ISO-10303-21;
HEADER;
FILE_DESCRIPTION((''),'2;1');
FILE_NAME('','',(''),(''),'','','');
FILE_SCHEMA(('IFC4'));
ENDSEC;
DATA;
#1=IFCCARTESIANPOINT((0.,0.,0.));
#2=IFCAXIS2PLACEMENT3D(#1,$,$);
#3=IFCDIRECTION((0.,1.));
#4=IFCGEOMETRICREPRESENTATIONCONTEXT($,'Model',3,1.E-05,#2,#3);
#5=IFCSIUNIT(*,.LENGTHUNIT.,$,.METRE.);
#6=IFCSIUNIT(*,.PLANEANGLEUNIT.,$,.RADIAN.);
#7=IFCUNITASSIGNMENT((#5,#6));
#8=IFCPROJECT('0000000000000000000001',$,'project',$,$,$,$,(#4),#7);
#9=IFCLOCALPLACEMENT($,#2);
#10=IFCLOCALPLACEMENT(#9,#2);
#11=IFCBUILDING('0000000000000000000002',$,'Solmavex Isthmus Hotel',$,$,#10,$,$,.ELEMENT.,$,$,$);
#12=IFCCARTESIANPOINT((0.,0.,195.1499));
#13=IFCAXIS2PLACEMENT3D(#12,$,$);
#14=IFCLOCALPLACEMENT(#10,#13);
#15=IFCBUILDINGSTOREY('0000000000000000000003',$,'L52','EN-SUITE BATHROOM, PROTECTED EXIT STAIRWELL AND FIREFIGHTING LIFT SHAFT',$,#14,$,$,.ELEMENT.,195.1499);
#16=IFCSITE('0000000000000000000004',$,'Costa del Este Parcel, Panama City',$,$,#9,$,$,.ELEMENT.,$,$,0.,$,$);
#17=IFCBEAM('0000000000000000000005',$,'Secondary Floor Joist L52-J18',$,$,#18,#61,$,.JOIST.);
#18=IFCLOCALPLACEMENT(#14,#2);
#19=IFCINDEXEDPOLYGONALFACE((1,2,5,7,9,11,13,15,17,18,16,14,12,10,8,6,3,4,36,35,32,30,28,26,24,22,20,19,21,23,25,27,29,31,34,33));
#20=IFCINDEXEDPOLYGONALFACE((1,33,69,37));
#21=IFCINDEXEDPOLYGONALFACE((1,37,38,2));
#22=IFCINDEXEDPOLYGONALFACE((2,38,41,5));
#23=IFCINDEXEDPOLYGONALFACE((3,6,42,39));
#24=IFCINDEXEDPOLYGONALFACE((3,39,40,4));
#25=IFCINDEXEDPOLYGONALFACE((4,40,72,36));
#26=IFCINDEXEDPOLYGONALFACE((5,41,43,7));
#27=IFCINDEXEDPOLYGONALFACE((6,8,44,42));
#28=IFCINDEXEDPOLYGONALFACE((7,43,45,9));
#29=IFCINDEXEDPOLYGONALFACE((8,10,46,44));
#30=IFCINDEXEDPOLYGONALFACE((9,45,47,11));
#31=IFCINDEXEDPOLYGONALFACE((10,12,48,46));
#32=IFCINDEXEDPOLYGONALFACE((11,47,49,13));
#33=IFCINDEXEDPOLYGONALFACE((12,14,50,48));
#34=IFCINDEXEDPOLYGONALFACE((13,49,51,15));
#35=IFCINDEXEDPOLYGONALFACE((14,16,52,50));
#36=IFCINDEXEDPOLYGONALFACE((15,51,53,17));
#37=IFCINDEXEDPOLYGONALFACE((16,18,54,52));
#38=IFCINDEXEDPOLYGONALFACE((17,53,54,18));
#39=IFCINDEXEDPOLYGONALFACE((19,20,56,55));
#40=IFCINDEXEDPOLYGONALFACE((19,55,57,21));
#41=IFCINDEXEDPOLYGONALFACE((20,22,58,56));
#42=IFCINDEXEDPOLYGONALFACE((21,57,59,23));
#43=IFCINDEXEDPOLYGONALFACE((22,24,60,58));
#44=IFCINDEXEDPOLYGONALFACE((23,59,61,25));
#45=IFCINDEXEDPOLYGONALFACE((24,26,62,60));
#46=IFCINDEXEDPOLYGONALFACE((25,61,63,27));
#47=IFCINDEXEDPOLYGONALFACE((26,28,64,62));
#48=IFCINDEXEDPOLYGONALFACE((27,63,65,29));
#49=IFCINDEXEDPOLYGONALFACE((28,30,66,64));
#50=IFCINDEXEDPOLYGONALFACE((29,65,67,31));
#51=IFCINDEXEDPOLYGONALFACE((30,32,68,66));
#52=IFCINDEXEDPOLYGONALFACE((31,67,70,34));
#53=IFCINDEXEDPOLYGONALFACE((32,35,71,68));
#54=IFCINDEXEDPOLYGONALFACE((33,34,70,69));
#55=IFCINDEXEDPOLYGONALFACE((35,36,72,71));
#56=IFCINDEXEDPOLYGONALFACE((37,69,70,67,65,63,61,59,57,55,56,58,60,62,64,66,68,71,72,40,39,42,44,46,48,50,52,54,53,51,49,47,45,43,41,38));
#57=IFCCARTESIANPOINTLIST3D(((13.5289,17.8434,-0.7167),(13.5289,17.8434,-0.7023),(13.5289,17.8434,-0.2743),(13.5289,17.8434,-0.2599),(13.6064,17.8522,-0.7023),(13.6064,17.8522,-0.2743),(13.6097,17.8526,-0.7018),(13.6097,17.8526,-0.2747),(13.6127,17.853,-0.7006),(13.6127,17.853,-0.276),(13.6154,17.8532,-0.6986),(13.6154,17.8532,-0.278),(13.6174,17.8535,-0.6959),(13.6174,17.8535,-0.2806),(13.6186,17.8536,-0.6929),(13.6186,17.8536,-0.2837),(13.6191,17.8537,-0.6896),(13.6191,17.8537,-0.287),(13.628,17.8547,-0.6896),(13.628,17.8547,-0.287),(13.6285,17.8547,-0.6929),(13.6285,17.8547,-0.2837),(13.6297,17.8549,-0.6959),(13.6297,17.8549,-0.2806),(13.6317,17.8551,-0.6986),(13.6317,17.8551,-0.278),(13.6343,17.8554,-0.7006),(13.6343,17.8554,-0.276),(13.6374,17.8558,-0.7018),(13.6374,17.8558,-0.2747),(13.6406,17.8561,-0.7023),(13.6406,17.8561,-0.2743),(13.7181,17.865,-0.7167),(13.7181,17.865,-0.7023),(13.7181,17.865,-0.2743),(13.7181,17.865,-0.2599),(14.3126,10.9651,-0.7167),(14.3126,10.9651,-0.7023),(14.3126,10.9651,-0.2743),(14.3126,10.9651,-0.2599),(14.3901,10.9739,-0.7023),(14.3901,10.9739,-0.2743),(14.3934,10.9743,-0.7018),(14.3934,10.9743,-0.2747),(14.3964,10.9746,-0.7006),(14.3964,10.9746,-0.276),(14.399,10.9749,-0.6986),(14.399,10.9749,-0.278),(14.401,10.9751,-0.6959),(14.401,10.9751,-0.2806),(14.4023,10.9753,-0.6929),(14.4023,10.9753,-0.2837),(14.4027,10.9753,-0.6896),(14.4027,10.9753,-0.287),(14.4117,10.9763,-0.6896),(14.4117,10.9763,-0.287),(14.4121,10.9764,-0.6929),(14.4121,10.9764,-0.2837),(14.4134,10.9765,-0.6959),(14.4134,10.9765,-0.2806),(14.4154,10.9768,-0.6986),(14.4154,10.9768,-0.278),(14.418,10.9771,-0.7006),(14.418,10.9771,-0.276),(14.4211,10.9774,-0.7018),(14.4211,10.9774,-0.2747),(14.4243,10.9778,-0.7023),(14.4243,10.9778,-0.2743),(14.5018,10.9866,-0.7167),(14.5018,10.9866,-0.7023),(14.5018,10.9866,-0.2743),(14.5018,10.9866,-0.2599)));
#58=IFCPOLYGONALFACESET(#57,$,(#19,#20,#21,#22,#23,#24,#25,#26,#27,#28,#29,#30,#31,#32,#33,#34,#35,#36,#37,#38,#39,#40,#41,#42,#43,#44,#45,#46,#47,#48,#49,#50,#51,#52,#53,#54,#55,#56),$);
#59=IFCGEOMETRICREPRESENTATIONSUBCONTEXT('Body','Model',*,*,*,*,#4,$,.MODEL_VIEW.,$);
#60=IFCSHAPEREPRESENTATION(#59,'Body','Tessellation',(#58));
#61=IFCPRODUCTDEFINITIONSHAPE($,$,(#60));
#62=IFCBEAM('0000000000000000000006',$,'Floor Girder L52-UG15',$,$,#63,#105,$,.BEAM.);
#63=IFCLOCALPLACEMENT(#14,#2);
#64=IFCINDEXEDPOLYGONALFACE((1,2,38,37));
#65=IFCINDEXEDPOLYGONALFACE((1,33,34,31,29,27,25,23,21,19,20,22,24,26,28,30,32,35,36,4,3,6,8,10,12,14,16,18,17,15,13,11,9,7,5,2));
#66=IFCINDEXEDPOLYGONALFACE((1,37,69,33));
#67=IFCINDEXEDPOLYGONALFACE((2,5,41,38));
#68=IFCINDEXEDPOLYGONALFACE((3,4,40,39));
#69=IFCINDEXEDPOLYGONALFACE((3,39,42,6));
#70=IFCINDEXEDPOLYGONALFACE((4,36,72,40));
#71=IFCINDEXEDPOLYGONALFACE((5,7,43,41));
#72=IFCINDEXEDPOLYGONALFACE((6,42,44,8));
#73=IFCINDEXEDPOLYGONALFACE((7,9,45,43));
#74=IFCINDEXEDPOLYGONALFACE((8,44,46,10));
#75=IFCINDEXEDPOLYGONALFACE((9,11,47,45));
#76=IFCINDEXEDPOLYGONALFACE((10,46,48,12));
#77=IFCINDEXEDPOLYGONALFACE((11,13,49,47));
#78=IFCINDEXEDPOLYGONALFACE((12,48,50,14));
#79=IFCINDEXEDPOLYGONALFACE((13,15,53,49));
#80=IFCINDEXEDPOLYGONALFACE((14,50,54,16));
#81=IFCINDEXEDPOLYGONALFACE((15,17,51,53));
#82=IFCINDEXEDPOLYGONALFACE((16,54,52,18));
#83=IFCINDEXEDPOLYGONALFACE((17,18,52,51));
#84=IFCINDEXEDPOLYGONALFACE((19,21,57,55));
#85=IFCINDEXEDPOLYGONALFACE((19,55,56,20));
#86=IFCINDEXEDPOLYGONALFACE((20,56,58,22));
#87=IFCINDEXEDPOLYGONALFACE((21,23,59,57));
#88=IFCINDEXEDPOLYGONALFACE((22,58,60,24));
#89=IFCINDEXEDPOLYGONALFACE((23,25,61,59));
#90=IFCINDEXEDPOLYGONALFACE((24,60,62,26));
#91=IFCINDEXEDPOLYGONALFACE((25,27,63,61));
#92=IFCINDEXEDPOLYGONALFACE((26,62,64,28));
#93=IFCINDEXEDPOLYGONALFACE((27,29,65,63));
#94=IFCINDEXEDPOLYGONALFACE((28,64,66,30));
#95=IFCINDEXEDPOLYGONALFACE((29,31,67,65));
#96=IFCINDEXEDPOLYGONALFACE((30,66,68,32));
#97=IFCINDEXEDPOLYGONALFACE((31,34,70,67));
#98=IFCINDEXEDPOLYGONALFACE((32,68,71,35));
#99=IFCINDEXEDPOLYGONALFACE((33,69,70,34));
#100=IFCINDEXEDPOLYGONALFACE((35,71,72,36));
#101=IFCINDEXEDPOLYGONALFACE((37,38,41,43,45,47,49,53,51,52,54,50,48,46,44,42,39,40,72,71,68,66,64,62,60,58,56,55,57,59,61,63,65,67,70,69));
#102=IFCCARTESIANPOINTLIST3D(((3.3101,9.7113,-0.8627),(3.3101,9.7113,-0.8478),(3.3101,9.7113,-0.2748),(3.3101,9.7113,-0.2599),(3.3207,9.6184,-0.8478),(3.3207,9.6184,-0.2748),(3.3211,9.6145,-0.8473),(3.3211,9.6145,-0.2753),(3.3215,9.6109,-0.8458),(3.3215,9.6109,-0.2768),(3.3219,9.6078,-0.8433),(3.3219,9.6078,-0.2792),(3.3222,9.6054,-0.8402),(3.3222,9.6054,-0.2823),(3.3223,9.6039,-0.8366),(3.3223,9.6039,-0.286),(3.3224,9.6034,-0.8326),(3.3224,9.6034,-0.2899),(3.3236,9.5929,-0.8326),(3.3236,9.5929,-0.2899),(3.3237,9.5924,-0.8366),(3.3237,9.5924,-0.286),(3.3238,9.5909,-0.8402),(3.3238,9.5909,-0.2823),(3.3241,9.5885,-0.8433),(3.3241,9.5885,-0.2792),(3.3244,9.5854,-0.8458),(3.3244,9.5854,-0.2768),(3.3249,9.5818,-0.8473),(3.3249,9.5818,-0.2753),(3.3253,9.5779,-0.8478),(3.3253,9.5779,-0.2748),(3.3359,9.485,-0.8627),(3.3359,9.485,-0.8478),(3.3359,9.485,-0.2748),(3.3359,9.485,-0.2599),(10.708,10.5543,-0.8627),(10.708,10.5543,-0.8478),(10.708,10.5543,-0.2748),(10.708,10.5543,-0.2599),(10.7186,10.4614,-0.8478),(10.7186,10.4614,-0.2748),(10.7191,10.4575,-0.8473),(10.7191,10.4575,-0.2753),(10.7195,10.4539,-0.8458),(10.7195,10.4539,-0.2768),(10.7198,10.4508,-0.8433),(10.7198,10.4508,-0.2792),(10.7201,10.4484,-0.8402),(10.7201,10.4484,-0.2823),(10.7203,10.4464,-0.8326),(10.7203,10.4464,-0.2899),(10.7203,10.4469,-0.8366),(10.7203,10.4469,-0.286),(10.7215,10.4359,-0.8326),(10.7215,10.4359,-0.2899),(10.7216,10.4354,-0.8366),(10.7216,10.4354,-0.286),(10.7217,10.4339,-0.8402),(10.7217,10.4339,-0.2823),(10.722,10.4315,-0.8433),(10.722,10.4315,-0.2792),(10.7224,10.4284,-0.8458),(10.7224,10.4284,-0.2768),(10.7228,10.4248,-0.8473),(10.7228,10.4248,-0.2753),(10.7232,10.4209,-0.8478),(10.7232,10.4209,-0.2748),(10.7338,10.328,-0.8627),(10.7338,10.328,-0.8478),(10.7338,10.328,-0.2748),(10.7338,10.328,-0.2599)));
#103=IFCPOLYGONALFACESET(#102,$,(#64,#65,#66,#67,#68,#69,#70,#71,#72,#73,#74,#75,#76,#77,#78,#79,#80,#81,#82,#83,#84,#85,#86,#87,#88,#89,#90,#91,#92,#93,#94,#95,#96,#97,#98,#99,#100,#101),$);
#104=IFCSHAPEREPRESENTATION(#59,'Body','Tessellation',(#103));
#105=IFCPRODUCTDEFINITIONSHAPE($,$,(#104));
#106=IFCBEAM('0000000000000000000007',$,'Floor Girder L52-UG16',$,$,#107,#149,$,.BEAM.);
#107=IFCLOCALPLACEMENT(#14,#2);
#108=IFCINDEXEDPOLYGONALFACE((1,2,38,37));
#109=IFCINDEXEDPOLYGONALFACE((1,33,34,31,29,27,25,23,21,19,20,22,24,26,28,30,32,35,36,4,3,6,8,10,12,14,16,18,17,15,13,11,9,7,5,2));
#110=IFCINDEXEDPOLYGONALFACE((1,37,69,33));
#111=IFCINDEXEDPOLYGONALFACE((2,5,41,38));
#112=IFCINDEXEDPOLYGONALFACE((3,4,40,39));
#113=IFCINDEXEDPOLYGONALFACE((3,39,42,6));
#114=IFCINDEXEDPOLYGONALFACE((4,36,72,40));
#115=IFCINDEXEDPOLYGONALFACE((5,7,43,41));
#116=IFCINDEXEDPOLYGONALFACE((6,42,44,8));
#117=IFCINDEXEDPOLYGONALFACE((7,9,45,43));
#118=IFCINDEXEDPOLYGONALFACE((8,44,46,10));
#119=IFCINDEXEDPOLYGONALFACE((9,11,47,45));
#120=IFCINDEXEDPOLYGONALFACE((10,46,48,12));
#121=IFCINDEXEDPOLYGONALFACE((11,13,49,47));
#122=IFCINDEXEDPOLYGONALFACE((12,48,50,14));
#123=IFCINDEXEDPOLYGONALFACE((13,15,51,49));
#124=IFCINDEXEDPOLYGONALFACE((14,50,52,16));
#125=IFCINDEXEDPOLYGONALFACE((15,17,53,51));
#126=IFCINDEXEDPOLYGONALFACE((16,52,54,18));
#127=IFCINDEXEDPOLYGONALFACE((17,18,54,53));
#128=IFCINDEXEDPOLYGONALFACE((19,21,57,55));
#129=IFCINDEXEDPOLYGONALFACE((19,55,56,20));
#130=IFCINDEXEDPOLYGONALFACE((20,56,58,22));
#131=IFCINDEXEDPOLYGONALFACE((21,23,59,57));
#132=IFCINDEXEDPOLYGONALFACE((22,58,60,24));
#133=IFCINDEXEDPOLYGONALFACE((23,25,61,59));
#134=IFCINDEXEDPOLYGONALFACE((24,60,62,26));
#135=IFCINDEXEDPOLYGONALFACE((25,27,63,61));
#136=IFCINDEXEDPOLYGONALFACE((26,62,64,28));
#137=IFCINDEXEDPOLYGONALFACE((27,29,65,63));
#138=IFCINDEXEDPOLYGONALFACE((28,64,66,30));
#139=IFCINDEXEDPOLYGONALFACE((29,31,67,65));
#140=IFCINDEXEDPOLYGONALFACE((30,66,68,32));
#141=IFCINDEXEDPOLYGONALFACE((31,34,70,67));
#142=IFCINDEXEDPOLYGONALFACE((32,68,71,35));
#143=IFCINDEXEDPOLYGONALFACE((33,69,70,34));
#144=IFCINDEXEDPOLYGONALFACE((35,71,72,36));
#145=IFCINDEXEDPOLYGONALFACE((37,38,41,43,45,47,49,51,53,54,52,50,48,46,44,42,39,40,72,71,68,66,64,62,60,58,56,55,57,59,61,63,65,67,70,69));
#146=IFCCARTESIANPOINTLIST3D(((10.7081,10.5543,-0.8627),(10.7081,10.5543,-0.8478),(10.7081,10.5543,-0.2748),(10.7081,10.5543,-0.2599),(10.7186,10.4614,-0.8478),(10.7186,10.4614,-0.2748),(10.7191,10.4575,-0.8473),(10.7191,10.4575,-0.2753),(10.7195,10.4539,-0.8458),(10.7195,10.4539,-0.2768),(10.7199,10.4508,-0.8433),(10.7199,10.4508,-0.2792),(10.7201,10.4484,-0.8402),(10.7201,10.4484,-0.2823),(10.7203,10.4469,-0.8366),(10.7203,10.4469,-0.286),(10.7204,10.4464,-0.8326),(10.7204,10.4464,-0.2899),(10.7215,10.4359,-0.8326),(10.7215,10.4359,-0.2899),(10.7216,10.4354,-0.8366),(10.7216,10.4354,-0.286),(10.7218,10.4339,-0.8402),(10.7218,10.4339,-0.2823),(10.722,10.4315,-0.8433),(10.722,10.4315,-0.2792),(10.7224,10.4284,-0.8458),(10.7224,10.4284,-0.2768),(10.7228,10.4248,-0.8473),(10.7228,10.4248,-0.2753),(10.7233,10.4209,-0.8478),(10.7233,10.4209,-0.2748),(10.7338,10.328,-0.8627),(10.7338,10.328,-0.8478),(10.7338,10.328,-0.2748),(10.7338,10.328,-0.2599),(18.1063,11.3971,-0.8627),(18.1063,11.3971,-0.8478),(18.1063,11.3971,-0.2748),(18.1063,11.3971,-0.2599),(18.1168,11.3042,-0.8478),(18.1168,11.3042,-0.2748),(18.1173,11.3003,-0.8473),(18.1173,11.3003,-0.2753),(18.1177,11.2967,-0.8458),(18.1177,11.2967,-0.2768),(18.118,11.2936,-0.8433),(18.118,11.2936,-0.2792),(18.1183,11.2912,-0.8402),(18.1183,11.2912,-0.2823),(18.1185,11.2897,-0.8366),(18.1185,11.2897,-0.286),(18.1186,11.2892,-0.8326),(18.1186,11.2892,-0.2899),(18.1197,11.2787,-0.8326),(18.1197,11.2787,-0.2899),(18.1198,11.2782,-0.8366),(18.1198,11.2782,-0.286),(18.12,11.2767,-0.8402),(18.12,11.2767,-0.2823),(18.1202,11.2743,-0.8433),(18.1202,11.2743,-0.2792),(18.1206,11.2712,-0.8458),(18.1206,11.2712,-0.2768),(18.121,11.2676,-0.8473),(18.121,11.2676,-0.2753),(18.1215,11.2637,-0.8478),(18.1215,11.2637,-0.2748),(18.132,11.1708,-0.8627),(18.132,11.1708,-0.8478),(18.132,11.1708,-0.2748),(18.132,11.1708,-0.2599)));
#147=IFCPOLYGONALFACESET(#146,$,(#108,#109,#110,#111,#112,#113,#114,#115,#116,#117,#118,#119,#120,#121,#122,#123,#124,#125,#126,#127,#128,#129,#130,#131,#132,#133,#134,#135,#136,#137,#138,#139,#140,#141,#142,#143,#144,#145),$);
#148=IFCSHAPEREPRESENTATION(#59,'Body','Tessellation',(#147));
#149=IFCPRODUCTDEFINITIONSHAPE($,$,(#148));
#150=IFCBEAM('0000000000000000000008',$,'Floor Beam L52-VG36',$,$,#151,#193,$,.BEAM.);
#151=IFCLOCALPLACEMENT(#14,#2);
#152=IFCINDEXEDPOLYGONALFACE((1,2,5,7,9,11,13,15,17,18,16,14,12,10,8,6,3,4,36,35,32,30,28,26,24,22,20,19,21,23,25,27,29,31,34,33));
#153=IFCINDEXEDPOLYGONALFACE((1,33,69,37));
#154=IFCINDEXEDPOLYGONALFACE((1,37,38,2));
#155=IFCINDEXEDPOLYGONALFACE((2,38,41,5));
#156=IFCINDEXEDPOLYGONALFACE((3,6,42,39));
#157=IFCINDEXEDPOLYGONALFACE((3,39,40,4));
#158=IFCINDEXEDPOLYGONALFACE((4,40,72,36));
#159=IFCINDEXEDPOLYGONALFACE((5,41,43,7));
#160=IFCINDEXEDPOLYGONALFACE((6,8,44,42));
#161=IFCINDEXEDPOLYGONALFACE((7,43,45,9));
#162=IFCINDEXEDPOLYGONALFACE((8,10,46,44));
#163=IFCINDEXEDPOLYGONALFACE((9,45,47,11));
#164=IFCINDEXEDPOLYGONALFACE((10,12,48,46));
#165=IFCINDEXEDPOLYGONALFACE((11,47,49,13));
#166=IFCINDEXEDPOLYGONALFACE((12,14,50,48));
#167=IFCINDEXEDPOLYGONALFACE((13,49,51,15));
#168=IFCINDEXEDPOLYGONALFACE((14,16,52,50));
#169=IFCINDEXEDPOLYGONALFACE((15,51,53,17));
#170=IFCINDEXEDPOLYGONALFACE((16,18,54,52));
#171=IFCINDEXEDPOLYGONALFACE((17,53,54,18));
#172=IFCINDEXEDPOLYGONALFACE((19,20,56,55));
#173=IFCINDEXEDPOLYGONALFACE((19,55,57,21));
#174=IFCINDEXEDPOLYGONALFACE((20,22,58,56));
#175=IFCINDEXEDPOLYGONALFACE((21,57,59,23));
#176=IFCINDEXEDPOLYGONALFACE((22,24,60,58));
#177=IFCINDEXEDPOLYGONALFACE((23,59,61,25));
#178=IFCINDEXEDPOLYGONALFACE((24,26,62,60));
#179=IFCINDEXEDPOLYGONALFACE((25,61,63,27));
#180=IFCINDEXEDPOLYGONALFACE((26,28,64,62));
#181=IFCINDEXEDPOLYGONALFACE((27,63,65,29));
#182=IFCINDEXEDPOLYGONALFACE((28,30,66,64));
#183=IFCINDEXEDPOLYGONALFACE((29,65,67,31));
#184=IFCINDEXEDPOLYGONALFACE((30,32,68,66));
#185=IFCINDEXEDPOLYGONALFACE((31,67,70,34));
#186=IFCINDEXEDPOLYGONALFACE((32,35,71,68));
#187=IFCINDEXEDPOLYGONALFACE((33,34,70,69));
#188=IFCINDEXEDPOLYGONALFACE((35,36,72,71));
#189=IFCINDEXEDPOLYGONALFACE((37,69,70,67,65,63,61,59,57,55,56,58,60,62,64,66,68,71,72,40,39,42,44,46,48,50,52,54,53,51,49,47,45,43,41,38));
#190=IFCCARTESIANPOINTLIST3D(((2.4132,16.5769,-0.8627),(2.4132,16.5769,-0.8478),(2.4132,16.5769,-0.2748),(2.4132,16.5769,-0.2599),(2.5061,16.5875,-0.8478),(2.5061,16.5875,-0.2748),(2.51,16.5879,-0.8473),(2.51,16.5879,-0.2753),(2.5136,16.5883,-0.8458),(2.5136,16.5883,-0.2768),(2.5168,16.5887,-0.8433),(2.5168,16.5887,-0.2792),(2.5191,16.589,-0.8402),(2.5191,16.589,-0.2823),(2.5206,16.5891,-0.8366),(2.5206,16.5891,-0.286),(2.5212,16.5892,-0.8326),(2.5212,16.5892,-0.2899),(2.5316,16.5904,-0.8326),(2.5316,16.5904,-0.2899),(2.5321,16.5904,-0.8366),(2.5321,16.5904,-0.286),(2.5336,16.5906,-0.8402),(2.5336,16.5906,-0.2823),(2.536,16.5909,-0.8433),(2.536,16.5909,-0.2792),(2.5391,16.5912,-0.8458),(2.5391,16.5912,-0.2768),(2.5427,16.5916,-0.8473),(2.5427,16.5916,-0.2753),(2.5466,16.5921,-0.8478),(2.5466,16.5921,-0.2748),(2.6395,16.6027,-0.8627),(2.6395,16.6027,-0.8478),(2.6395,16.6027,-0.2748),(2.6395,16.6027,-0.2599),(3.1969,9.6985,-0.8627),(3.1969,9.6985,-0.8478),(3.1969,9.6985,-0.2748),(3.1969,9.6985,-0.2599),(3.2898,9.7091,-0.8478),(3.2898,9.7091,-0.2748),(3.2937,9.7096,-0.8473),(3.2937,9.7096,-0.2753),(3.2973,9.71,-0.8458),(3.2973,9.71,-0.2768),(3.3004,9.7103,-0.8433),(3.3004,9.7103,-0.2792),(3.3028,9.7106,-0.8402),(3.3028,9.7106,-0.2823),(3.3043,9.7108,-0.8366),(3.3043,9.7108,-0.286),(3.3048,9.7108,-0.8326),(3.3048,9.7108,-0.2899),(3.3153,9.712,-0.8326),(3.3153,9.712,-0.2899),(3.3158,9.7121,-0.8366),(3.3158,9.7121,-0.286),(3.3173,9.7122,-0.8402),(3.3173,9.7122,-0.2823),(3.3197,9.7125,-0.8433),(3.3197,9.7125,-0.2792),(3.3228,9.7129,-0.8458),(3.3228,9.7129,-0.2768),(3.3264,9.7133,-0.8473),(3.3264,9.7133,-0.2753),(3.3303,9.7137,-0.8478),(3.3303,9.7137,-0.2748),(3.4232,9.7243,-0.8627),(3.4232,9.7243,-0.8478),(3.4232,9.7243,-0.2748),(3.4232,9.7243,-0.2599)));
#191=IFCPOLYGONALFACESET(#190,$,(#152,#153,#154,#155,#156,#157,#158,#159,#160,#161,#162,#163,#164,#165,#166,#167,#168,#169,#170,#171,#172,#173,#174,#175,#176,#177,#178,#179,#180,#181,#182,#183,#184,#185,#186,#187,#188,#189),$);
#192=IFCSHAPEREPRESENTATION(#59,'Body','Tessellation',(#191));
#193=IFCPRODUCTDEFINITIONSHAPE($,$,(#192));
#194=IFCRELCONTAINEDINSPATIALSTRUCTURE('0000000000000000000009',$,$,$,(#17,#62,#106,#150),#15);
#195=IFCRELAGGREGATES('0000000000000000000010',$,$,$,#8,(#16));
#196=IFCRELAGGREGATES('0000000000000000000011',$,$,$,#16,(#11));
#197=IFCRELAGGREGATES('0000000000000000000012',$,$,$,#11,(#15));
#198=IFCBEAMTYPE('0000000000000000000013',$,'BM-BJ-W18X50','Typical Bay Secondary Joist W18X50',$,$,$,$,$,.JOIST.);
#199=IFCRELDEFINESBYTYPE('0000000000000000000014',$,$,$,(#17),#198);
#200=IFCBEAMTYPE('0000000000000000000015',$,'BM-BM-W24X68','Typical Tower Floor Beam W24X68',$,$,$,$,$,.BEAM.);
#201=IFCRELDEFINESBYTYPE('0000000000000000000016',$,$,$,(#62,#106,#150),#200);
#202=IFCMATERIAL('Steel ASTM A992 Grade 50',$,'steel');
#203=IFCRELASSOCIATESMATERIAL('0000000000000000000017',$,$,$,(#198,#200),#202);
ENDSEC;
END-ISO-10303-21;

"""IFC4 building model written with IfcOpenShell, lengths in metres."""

from ifc_helpers import new_model, si_unit, direction, frame, origin, origin_2d, place, context, subcontext, project, spatial, i_section, extrude, material, material_profile, profile_set, type_object, element, save


model = new_model("IFC4")

# Units and contexts
model_context = context("Model", 3, precision=1e-05, world=origin(), true_north=direction((0.0, 1.0)))
body_context = subcontext(model_context, "Body", "Model", "MODEL_VIEW")
ifc_project = project(units=[si_unit("LENGTHUNIT", "METRE"), si_unit("PLANEANGLEUNIT", "RADIAN")], contexts=[model_context])

# Site, building, storey
site_placement = place(None, origin())
site = spatial("IfcSite", under=ifc_project, at=site_placement, Name="Costa del Este Parcel, Panama City", CompositionType="ELEMENT", RefElevation=0.0)
building_placement = place(site_placement, origin())
building = spatial("IfcBuilding", under=site, at=building_placement, Name="Solmavex Isthmus Hotel", CompositionType="ELEMENT")
storey_placement = place(building_placement, frame((0.0, 0.0, 195.1499)))
storey = spatial("IfcBuildingStorey", under=building, at=storey_placement, Name="L52", Description="EN-SUITE BATHROOM, PROTECTED EXIT STAIRWELL AND FIREFIGHTING LIFT SHAFT", CompositionType="ELEMENT", Elevation=195.1499)

# Beams
ifc_material_1 = material(Name="Steel ASTM A992 Grade 50", Category="steel")
ifc_material_profile_1 = material_profile(ifc_material_1, i_section(OverallWidth=0.1904, OverallDepth=0.4568, WebThickness=0.009, FlangeThickness=0.0144, FilletRadius=0.0127, at=origin_2d()), Name="W18X50")
ifc_profile_set_1 = profile_set([ifc_material_profile_1], Name="Steel ASTM A992 Grade 50")
beam_type_1 = type_object("IfcBeamType", Name="BM-BJ-W18X50", Description="Typical Bay Secondary Joist W18X50", PredefinedType="JOIST", material=ifc_profile_set_1)
for number, where, z_axis, x_axis, name in (
    (1, (14.4072, 10.9758, -0.4883), (-0.113202, 0.993572, 0.0), (-0.993572, -0.113202, 0.0), "Secondary Floor Joist L52-J18"),
):
    element("IfcBeam", number, at=place(storey_placement, frame(where, z_axis=z_axis, x_axis=x_axis)), inside=storey, type_object=beam_type_1, Name=name, PredefinedType="JOIST", context=body_context, shape_type="SweptSolid", body=[
        extrude(i_section(OverallWidth=0.1904, OverallDepth=0.4568, WebThickness=0.009, FlangeThickness=0.0144, FilletRadius=0.0127, at=origin_2d()), origin(), (0.0, 0.0, 1.0), 6.9229),
    ])
ifc_material_profile_2 = material_profile(ifc_material_1, i_section(OverallWidth=0.2278, OverallDepth=0.6028, WebThickness=0.0105, FlangeThickness=0.0149, FilletRadius=0.0151, at=origin_2d()), Name="W24X68")
ifc_profile_set_2 = profile_set([ifc_material_profile_2], Name="Steel ASTM A992 Grade 50")
beam_type_2 = type_object("IfcBeamType", Name="BM-BM-W24X68", Description="Typical Tower Floor Beam W24X68", PredefinedType="BEAM", material=ifc_profile_set_2)
beam_1_placement = place(storey_placement, frame((3.323, 9.5981, -0.5613), z_axis=(0.99357, 0.11322, 0.0), x_axis=(-0.11322, 0.99357, 0.0)))
element("IfcBeam", 2, at=beam_1_placement, inside=storey, type_object=beam_type_2, Name="Floor Girder L52-UG15", PredefinedType="BEAM", context=body_context, shape_type="SweptSolid", body=[
    extrude(i_section(OverallWidth=0.2278, OverallDepth=0.6028, WebThickness=0.0105, FlangeThickness=0.0149, FilletRadius=0.0151, at=origin_2d()), origin(), (0.0, 0.0, 1.0), 7.4458),
])
beam_2_placement = place(storey_placement, frame((10.7209, 10.4412, -0.5613), z_axis=(0.993574, 0.113184, 0.0), x_axis=(-0.113184, 0.993574, 0.0)))
element("IfcBeam", 3, at=beam_2_placement, inside=storey, type_object=beam_type_2, Name="Floor Girder L52-UG16", PredefinedType="BEAM", context=body_context, shape_type="SweptSolid", body=[
    extrude(i_section(OverallWidth=0.2278, OverallDepth=0.6028, WebThickness=0.0105, FlangeThickness=0.0149, FilletRadius=0.0151, at=origin_2d()), origin(), (0.0, 0.0, 1.0), 7.446),
])
for number, where, z_axis, x_axis, name in (
    (4, (3.3101, 9.7114, -0.5613), (-0.113202, 0.993572, 0.0), (-0.993572, -0.113202, 0.0), "Floor Beam L52-VG36"),
):
    element("IfcBeam", number, at=place(storey_placement, frame(where, z_axis=z_axis, x_axis=x_axis)), inside=storey, type_object=beam_type_2, Name=name, PredefinedType="BEAM", context=body_context, shape_type="SweptSolid", body=[
        extrude(i_section(OverallWidth=0.2278, OverallDepth=0.6028, WebThickness=0.0105, FlangeThickness=0.0149, FilletRadius=0.0151, at=origin_2d()), origin(), (0.0, 0.0, 1.0), 6.9229),
    ])

save(model, "model.ifc")
